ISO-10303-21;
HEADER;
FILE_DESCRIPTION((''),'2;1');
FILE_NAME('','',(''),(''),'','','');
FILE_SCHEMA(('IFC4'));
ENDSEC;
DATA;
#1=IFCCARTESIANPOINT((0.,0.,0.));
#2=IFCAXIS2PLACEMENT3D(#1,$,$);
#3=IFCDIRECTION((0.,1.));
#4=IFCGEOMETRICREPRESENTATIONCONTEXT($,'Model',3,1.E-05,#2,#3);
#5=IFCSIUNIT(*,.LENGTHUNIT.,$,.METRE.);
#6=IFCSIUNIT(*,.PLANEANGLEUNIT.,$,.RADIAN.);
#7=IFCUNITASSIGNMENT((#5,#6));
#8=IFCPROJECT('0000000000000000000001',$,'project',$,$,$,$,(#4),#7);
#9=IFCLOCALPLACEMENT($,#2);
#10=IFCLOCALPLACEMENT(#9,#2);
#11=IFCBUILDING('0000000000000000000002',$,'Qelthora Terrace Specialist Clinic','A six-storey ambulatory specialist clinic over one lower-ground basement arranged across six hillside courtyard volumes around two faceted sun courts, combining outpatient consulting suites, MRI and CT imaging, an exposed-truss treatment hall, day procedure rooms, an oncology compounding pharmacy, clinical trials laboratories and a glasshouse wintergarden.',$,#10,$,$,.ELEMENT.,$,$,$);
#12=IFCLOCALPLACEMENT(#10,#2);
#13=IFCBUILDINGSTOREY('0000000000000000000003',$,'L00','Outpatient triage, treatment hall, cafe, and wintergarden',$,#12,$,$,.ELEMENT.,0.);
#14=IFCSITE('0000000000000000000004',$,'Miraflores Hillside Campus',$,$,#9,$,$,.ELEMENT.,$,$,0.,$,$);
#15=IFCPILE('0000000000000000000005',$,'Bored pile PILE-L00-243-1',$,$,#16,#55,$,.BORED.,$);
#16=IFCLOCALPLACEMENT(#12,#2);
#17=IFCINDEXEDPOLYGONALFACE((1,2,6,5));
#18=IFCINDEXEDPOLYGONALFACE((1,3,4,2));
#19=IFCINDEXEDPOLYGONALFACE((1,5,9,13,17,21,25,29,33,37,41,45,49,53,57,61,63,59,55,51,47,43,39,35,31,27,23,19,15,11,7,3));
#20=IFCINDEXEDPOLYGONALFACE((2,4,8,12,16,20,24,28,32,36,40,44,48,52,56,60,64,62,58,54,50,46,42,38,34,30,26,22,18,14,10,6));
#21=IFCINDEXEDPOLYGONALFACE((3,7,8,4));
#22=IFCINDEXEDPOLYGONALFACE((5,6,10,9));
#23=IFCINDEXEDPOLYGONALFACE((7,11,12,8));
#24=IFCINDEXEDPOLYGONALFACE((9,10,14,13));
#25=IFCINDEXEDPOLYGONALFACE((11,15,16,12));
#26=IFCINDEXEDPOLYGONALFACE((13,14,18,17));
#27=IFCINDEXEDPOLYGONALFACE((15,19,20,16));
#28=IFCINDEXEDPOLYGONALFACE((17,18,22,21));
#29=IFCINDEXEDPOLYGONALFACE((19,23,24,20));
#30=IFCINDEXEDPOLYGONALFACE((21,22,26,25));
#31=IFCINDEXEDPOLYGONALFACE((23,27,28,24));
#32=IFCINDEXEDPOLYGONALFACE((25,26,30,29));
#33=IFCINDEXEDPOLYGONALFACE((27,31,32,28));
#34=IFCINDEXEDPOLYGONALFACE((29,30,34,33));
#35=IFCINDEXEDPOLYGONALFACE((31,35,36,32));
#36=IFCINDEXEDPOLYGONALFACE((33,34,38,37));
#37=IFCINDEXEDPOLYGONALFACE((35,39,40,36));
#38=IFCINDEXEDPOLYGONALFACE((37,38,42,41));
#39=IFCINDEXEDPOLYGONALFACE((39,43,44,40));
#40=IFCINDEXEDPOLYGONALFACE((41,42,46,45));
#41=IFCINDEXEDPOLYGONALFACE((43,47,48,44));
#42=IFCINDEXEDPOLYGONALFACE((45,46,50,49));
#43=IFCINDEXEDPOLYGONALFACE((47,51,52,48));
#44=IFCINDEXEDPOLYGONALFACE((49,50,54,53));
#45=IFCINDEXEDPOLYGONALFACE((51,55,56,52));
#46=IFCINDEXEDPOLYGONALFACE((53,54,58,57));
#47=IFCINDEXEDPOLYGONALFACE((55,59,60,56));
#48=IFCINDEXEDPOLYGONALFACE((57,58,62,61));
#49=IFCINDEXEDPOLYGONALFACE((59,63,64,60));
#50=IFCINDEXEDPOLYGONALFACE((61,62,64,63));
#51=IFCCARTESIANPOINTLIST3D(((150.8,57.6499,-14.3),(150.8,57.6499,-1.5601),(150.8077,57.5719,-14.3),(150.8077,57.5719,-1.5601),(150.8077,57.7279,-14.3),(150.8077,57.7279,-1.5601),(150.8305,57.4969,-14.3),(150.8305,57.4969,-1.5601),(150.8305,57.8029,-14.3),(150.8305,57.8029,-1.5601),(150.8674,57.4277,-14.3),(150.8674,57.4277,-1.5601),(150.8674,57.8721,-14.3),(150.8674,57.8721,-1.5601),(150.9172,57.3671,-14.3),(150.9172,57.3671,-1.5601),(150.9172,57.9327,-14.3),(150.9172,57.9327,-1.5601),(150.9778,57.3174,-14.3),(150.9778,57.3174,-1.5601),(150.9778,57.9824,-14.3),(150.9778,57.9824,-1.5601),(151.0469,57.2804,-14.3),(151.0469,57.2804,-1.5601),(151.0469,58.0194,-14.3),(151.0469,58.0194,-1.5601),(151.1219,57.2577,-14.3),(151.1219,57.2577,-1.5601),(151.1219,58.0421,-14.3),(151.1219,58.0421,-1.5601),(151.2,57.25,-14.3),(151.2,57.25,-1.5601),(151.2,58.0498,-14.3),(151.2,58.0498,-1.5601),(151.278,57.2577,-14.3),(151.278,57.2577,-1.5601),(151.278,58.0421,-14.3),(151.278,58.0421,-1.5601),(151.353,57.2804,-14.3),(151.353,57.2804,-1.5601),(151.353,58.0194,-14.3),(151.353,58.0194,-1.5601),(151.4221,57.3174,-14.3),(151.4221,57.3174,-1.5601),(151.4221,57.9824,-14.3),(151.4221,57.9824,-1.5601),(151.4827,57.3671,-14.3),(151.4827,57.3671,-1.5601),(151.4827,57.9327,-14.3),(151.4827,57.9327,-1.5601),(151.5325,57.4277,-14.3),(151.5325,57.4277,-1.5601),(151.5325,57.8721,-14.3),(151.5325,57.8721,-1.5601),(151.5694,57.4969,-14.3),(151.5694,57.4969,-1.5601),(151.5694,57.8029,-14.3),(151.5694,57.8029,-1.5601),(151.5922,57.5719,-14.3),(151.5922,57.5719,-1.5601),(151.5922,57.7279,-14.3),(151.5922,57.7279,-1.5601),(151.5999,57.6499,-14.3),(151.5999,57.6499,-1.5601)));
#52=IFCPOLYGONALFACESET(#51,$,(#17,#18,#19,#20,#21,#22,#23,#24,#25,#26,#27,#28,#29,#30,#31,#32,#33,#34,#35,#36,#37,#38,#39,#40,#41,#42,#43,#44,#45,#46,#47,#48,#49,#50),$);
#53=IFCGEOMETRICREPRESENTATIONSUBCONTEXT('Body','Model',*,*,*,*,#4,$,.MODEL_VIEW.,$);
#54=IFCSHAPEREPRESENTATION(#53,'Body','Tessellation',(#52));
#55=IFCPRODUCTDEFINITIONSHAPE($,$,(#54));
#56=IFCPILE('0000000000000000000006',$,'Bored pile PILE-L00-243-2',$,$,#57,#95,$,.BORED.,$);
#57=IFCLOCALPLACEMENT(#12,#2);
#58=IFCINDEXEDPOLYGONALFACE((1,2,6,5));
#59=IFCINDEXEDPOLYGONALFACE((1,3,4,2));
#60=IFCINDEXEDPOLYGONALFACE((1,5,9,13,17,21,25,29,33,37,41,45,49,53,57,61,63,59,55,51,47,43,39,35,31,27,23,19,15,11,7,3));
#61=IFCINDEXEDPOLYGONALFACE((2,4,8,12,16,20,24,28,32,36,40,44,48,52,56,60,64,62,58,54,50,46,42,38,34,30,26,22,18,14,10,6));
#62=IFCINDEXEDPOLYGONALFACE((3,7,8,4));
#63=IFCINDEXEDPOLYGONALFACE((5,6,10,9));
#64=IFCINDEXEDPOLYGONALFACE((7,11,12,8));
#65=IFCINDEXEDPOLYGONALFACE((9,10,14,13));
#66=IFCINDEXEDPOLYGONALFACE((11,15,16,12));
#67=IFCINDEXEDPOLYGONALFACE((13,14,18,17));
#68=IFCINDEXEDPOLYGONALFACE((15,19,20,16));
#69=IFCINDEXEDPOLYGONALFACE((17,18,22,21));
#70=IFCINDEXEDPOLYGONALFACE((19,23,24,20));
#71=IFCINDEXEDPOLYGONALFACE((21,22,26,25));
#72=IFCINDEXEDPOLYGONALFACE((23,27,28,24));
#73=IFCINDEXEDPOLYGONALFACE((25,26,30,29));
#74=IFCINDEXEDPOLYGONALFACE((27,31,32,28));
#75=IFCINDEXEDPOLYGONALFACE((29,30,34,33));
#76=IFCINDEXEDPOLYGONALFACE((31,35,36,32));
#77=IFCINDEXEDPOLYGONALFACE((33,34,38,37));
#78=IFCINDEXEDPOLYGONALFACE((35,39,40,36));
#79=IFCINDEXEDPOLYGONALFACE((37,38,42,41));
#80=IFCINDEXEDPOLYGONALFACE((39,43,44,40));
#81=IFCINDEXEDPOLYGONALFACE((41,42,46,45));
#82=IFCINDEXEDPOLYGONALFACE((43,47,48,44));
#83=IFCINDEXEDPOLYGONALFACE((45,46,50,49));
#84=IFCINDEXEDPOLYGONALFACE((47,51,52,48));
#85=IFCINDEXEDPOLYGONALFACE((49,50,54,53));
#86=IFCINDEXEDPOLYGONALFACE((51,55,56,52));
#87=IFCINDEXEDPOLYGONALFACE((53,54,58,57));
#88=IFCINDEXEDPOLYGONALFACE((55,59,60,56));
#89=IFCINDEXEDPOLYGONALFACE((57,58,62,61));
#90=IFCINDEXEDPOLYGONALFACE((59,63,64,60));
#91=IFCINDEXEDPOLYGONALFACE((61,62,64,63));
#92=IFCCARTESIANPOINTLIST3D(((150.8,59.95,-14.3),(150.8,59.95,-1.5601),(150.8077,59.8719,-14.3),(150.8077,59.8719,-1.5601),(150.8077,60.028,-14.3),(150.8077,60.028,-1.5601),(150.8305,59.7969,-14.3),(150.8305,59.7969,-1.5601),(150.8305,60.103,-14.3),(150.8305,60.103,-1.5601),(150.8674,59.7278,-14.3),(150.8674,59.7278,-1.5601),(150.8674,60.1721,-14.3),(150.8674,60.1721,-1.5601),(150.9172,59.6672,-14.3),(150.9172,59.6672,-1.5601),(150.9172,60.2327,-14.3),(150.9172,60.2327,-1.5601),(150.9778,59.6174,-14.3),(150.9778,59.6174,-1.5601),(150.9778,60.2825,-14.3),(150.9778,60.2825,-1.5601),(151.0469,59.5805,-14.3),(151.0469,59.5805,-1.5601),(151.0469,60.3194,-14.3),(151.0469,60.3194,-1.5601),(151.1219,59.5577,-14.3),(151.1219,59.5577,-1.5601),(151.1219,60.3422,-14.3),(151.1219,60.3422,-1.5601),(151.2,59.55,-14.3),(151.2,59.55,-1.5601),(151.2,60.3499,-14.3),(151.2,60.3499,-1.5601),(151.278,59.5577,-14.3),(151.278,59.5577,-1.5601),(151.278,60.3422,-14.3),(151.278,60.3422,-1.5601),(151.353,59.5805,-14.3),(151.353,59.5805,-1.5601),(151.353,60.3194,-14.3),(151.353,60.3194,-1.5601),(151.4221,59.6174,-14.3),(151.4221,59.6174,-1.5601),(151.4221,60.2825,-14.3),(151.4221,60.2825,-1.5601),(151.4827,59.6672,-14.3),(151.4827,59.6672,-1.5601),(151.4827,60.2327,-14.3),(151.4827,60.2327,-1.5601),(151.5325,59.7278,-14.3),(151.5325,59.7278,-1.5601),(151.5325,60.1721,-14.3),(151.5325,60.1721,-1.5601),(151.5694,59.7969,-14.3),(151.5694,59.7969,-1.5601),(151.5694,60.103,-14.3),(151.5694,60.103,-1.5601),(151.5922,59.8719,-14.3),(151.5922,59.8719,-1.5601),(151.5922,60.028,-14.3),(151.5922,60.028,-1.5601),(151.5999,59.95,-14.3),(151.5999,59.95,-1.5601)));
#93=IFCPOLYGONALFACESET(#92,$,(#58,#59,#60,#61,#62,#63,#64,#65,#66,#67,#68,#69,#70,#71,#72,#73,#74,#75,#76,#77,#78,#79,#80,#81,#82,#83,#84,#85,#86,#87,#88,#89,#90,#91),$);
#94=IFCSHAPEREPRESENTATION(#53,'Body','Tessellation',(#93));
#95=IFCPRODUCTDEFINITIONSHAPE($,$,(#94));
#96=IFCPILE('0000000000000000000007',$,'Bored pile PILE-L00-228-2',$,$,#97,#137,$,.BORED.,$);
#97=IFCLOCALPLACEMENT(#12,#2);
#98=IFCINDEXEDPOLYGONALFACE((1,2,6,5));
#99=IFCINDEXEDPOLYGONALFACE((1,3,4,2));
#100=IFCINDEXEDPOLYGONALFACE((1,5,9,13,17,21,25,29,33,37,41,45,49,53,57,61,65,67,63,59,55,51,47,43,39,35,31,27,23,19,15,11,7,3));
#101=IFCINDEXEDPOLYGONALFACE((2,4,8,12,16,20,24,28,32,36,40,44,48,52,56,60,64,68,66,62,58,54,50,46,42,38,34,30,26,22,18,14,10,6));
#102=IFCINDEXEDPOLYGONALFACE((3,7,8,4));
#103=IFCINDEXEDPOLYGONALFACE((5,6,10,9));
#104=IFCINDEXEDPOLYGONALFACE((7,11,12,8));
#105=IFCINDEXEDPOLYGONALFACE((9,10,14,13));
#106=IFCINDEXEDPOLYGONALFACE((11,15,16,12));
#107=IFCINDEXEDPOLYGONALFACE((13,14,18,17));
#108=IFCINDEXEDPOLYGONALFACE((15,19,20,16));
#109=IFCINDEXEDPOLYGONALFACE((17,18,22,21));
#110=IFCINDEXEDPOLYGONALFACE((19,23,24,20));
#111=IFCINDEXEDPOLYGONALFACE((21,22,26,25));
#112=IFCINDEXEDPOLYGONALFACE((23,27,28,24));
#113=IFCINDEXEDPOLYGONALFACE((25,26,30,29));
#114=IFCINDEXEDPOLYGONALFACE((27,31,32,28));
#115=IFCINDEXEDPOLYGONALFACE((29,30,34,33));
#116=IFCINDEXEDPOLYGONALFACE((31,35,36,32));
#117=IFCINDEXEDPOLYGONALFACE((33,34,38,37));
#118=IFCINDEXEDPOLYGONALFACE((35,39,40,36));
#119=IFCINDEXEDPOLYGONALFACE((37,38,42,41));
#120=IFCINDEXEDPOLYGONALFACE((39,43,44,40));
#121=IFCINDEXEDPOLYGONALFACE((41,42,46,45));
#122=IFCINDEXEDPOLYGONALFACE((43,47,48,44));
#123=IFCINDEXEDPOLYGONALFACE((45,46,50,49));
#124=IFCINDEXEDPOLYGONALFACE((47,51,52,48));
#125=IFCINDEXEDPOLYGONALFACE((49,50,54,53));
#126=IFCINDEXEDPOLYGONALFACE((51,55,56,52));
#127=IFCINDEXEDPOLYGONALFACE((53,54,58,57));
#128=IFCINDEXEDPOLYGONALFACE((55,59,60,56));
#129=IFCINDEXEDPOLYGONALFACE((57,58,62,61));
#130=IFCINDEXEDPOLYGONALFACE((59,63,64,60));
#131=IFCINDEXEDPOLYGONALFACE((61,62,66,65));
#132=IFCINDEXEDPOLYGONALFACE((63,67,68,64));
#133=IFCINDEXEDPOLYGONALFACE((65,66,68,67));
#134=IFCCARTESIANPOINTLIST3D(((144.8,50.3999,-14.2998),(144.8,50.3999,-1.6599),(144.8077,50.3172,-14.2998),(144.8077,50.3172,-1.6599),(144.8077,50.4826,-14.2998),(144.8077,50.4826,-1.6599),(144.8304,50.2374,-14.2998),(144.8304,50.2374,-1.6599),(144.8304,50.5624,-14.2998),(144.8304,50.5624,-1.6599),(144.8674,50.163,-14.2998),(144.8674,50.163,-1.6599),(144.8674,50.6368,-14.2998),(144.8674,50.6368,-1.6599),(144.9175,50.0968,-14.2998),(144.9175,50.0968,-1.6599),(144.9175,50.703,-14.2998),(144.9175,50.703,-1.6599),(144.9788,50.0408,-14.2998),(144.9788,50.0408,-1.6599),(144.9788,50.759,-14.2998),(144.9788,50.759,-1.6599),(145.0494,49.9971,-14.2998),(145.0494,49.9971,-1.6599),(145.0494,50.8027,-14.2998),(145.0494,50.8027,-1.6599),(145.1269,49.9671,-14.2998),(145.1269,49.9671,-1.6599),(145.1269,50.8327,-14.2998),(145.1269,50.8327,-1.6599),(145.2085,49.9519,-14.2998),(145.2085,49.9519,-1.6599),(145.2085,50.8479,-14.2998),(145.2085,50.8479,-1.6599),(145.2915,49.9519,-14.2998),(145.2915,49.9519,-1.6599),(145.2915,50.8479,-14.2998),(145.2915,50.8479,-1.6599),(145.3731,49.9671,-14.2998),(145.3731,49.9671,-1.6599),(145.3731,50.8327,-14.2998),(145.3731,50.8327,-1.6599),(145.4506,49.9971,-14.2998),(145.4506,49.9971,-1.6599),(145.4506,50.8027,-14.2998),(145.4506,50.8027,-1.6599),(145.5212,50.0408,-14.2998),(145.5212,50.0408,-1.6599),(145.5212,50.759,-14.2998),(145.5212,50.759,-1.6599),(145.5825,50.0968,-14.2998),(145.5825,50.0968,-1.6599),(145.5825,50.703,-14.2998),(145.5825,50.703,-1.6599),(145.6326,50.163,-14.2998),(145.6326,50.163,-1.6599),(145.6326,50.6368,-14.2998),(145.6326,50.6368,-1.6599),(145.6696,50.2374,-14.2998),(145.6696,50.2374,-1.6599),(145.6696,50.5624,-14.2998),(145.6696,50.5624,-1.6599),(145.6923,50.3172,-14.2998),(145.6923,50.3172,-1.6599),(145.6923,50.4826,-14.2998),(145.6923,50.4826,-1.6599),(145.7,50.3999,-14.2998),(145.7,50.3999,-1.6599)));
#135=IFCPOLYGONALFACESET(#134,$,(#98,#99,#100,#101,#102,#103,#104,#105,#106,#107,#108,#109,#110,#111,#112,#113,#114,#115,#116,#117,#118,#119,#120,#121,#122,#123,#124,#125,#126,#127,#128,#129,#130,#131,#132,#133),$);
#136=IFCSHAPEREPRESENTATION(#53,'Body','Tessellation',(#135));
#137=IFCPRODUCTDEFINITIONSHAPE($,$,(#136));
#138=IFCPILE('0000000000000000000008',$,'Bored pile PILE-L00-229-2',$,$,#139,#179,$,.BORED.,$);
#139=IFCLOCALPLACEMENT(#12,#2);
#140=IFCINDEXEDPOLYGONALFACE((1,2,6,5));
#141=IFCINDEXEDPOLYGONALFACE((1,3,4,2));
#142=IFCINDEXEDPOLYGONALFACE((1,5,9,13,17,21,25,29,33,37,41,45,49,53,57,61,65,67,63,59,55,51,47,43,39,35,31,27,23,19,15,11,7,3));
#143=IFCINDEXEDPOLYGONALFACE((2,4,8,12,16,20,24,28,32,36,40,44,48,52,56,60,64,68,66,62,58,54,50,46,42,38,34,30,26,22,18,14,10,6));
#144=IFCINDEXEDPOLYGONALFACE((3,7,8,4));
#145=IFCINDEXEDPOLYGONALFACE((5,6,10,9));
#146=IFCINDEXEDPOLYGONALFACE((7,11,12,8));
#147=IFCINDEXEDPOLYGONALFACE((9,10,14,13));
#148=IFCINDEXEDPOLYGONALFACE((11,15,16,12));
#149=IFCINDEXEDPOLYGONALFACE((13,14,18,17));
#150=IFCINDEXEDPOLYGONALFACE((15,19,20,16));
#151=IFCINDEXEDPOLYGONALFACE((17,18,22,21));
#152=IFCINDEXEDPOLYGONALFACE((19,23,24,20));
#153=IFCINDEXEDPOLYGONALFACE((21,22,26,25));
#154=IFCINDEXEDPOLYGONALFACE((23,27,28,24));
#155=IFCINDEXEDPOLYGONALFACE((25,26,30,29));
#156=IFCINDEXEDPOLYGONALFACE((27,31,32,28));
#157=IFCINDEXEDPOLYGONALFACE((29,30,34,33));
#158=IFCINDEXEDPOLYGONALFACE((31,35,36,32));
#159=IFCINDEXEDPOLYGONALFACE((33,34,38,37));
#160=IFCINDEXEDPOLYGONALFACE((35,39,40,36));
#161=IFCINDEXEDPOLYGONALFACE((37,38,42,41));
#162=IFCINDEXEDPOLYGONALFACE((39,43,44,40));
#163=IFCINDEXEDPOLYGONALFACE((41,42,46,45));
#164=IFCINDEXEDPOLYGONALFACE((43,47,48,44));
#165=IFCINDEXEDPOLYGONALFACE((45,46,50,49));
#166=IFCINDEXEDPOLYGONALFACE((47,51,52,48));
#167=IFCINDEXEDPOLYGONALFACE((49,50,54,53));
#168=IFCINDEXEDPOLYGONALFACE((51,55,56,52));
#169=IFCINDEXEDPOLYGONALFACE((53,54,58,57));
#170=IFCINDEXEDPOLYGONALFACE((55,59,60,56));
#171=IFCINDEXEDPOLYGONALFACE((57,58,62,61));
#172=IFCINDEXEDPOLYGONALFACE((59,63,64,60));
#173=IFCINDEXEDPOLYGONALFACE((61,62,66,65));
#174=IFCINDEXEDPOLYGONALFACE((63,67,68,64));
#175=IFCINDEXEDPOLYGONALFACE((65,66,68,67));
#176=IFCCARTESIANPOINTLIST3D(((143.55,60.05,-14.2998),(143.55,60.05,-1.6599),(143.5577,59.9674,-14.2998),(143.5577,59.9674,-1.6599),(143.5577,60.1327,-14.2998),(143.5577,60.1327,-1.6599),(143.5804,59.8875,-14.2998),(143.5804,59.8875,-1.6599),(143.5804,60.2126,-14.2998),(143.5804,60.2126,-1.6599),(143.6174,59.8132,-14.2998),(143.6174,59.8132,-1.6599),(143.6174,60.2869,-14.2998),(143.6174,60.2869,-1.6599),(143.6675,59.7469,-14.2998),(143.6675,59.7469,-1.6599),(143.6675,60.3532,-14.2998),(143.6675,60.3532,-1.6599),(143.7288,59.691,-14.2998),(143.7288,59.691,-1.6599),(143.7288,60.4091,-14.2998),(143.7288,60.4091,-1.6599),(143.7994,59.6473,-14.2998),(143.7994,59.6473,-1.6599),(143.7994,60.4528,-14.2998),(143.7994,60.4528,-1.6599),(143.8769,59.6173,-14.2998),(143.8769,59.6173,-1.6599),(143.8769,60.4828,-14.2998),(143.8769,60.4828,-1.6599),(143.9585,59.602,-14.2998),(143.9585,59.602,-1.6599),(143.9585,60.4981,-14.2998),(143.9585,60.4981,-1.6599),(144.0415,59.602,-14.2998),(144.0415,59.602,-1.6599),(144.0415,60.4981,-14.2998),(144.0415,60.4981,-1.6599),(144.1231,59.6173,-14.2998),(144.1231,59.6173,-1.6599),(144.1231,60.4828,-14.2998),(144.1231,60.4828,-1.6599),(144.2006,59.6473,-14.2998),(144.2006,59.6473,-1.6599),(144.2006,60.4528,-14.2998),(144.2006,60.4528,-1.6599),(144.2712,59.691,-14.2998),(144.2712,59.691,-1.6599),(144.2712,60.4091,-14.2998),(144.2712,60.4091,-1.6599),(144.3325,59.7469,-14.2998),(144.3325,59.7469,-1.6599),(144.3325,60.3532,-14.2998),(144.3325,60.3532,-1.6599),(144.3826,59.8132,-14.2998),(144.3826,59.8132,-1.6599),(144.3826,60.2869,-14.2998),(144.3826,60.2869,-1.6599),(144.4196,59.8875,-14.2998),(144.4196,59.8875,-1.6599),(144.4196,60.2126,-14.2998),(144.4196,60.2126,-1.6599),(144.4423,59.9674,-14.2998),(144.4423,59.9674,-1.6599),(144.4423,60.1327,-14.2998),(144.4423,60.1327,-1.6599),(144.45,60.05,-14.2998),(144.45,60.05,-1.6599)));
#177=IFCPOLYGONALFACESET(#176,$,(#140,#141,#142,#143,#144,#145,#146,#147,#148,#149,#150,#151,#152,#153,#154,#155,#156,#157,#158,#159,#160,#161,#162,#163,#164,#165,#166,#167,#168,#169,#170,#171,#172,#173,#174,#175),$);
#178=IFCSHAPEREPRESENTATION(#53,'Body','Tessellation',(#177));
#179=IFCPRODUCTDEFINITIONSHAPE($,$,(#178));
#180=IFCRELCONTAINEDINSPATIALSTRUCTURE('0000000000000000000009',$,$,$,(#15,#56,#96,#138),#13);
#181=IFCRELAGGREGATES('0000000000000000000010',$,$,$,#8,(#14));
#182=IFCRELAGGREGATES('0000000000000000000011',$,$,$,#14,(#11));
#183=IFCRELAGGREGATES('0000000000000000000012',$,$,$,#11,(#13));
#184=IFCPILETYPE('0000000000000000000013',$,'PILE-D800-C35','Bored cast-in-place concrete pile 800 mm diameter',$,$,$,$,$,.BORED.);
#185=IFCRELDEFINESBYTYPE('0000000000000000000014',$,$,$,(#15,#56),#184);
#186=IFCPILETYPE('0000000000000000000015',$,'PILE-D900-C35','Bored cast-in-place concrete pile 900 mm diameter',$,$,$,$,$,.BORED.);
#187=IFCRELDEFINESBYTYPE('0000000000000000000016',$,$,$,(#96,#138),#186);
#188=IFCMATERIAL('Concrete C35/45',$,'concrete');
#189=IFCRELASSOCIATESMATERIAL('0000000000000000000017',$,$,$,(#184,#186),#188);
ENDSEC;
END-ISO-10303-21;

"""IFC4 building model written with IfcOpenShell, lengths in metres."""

from ifc_helpers import new_model, si_unit, direction, frame, origin, origin_2d, place, context, subcontext, project, spatial, circle, extrude, material, material_profile, profile_set, type_object, element, save


model = new_model("IFC4")

# Units and contexts
model_context = context("Model", 3, precision=1e-05, world=origin(), true_north=direction((0.0, 1.0)))
body_context = subcontext(model_context, "Body", "Model", "MODEL_VIEW")
ifc_project = project(units=[si_unit("LENGTHUNIT", "METRE"), si_unit("PLANEANGLEUNIT", "RADIAN")], contexts=[model_context])

# Site, building, storey
site_placement = place(None, origin())
site = spatial("IfcSite", under=ifc_project, at=site_placement, Name="Miraflores Hillside Campus", CompositionType="ELEMENT", RefElevation=0.0)
building_placement = place(site_placement, origin())
building = spatial("IfcBuilding", under=site, at=building_placement, Name="Qelthora Terrace Specialist Clinic", Description="A six-storey ambulatory specialist clinic over one lower-ground basement arranged across six hillside courtyard volumes around two faceted sun courts, combining outpatient consulting suites, MRI and CT imaging, an exposed-truss treatment hall, day procedure rooms, an oncology compounding pharmacy, clinical trials laboratories and a glasshouse wintergarden.", CompositionType="ELEMENT")
storey_placement = place(building_placement, origin())
storey = spatial("IfcBuildingStorey", under=building, at=storey_placement, Name="L00", Description="Outpatient triage, treatment hall, cafe, and wintergarden", CompositionType="ELEMENT", Elevation=0.0)

# Shared definitions
ifc_material_1 = material(Name="Concrete C35/45", Category="concrete")

# Piles
ifc_material_profile_1 = material_profile(ifc_material_1, circle(Radius=0.3999, at=origin_2d()), Name="PILE800")
ifc_profile_set_1 = profile_set([ifc_material_profile_1], Name="Concrete C35/45")
pile_type_1 = type_object("IfcPileType", Name="PILE-D800-C35", Description="Bored cast-in-place concrete pile 800 mm diameter", PredefinedType="BORED", material=ifc_profile_set_1)
for number, where, z_axis, x_axis, name in (
    (1, (151.2, 57.6499, -1.5601), (0.0, 0.0, -1.0), (1.0, 0.0, 0.0), "Bored pile PILE-L00-243-1"),
    (2, (151.2, 59.95, -1.5601), (0.0, 0.0, -1.0), (1.0, 0.0, 0.0), "Bored pile PILE-L00-243-2"),
):
    element("IfcPile", number, at=place(storey_placement, frame(where, z_axis=z_axis, x_axis=x_axis)), inside=storey, type_object=pile_type_1, Name=name, PredefinedType="BORED", context=body_context, shape_type="SweptSolid", body=[
        extrude(circle(Radius=0.3999, at=origin_2d()), origin(), (0.0, 0.0, 1.0), 12.74),
    ])
ifc_material_profile_2 = material_profile(ifc_material_1, circle(Radius=0.45, at=origin_2d()), Name="PILE900")
ifc_profile_set_2 = profile_set([ifc_material_profile_2], Name="Concrete C35/45")
pile_type_2 = type_object("IfcPileType", Name="PILE-D900-C35", Description="Bored cast-in-place concrete pile 900 mm diameter", PredefinedType="BORED", material=ifc_profile_set_2)
for number, where, z_axis, x_axis, name in (
    (3, (145.25, 50.3999, -1.6599), (0.0, 0.0, -1.0), (1.0, 0.0, 0.0), "Bored pile PILE-L00-228-2"),
    (4, (144.0, 60.05, -1.6599), (0.0, 0.0, -1.0), (1.0, 0.0, 0.0), "Bored pile PILE-L00-229-2"),
):
    element("IfcPile", number, at=place(storey_placement, frame(where, z_axis=z_axis, x_axis=x_axis)), inside=storey, type_object=pile_type_2, Name=name, PredefinedType="BORED", context=body_context, shape_type="SweptSolid", body=[
        extrude(circle(Radius=0.45, at=origin_2d()), origin(), (0.0, 0.0, 1.0), 12.6399),
    ])

save(model, "model.ifc")
